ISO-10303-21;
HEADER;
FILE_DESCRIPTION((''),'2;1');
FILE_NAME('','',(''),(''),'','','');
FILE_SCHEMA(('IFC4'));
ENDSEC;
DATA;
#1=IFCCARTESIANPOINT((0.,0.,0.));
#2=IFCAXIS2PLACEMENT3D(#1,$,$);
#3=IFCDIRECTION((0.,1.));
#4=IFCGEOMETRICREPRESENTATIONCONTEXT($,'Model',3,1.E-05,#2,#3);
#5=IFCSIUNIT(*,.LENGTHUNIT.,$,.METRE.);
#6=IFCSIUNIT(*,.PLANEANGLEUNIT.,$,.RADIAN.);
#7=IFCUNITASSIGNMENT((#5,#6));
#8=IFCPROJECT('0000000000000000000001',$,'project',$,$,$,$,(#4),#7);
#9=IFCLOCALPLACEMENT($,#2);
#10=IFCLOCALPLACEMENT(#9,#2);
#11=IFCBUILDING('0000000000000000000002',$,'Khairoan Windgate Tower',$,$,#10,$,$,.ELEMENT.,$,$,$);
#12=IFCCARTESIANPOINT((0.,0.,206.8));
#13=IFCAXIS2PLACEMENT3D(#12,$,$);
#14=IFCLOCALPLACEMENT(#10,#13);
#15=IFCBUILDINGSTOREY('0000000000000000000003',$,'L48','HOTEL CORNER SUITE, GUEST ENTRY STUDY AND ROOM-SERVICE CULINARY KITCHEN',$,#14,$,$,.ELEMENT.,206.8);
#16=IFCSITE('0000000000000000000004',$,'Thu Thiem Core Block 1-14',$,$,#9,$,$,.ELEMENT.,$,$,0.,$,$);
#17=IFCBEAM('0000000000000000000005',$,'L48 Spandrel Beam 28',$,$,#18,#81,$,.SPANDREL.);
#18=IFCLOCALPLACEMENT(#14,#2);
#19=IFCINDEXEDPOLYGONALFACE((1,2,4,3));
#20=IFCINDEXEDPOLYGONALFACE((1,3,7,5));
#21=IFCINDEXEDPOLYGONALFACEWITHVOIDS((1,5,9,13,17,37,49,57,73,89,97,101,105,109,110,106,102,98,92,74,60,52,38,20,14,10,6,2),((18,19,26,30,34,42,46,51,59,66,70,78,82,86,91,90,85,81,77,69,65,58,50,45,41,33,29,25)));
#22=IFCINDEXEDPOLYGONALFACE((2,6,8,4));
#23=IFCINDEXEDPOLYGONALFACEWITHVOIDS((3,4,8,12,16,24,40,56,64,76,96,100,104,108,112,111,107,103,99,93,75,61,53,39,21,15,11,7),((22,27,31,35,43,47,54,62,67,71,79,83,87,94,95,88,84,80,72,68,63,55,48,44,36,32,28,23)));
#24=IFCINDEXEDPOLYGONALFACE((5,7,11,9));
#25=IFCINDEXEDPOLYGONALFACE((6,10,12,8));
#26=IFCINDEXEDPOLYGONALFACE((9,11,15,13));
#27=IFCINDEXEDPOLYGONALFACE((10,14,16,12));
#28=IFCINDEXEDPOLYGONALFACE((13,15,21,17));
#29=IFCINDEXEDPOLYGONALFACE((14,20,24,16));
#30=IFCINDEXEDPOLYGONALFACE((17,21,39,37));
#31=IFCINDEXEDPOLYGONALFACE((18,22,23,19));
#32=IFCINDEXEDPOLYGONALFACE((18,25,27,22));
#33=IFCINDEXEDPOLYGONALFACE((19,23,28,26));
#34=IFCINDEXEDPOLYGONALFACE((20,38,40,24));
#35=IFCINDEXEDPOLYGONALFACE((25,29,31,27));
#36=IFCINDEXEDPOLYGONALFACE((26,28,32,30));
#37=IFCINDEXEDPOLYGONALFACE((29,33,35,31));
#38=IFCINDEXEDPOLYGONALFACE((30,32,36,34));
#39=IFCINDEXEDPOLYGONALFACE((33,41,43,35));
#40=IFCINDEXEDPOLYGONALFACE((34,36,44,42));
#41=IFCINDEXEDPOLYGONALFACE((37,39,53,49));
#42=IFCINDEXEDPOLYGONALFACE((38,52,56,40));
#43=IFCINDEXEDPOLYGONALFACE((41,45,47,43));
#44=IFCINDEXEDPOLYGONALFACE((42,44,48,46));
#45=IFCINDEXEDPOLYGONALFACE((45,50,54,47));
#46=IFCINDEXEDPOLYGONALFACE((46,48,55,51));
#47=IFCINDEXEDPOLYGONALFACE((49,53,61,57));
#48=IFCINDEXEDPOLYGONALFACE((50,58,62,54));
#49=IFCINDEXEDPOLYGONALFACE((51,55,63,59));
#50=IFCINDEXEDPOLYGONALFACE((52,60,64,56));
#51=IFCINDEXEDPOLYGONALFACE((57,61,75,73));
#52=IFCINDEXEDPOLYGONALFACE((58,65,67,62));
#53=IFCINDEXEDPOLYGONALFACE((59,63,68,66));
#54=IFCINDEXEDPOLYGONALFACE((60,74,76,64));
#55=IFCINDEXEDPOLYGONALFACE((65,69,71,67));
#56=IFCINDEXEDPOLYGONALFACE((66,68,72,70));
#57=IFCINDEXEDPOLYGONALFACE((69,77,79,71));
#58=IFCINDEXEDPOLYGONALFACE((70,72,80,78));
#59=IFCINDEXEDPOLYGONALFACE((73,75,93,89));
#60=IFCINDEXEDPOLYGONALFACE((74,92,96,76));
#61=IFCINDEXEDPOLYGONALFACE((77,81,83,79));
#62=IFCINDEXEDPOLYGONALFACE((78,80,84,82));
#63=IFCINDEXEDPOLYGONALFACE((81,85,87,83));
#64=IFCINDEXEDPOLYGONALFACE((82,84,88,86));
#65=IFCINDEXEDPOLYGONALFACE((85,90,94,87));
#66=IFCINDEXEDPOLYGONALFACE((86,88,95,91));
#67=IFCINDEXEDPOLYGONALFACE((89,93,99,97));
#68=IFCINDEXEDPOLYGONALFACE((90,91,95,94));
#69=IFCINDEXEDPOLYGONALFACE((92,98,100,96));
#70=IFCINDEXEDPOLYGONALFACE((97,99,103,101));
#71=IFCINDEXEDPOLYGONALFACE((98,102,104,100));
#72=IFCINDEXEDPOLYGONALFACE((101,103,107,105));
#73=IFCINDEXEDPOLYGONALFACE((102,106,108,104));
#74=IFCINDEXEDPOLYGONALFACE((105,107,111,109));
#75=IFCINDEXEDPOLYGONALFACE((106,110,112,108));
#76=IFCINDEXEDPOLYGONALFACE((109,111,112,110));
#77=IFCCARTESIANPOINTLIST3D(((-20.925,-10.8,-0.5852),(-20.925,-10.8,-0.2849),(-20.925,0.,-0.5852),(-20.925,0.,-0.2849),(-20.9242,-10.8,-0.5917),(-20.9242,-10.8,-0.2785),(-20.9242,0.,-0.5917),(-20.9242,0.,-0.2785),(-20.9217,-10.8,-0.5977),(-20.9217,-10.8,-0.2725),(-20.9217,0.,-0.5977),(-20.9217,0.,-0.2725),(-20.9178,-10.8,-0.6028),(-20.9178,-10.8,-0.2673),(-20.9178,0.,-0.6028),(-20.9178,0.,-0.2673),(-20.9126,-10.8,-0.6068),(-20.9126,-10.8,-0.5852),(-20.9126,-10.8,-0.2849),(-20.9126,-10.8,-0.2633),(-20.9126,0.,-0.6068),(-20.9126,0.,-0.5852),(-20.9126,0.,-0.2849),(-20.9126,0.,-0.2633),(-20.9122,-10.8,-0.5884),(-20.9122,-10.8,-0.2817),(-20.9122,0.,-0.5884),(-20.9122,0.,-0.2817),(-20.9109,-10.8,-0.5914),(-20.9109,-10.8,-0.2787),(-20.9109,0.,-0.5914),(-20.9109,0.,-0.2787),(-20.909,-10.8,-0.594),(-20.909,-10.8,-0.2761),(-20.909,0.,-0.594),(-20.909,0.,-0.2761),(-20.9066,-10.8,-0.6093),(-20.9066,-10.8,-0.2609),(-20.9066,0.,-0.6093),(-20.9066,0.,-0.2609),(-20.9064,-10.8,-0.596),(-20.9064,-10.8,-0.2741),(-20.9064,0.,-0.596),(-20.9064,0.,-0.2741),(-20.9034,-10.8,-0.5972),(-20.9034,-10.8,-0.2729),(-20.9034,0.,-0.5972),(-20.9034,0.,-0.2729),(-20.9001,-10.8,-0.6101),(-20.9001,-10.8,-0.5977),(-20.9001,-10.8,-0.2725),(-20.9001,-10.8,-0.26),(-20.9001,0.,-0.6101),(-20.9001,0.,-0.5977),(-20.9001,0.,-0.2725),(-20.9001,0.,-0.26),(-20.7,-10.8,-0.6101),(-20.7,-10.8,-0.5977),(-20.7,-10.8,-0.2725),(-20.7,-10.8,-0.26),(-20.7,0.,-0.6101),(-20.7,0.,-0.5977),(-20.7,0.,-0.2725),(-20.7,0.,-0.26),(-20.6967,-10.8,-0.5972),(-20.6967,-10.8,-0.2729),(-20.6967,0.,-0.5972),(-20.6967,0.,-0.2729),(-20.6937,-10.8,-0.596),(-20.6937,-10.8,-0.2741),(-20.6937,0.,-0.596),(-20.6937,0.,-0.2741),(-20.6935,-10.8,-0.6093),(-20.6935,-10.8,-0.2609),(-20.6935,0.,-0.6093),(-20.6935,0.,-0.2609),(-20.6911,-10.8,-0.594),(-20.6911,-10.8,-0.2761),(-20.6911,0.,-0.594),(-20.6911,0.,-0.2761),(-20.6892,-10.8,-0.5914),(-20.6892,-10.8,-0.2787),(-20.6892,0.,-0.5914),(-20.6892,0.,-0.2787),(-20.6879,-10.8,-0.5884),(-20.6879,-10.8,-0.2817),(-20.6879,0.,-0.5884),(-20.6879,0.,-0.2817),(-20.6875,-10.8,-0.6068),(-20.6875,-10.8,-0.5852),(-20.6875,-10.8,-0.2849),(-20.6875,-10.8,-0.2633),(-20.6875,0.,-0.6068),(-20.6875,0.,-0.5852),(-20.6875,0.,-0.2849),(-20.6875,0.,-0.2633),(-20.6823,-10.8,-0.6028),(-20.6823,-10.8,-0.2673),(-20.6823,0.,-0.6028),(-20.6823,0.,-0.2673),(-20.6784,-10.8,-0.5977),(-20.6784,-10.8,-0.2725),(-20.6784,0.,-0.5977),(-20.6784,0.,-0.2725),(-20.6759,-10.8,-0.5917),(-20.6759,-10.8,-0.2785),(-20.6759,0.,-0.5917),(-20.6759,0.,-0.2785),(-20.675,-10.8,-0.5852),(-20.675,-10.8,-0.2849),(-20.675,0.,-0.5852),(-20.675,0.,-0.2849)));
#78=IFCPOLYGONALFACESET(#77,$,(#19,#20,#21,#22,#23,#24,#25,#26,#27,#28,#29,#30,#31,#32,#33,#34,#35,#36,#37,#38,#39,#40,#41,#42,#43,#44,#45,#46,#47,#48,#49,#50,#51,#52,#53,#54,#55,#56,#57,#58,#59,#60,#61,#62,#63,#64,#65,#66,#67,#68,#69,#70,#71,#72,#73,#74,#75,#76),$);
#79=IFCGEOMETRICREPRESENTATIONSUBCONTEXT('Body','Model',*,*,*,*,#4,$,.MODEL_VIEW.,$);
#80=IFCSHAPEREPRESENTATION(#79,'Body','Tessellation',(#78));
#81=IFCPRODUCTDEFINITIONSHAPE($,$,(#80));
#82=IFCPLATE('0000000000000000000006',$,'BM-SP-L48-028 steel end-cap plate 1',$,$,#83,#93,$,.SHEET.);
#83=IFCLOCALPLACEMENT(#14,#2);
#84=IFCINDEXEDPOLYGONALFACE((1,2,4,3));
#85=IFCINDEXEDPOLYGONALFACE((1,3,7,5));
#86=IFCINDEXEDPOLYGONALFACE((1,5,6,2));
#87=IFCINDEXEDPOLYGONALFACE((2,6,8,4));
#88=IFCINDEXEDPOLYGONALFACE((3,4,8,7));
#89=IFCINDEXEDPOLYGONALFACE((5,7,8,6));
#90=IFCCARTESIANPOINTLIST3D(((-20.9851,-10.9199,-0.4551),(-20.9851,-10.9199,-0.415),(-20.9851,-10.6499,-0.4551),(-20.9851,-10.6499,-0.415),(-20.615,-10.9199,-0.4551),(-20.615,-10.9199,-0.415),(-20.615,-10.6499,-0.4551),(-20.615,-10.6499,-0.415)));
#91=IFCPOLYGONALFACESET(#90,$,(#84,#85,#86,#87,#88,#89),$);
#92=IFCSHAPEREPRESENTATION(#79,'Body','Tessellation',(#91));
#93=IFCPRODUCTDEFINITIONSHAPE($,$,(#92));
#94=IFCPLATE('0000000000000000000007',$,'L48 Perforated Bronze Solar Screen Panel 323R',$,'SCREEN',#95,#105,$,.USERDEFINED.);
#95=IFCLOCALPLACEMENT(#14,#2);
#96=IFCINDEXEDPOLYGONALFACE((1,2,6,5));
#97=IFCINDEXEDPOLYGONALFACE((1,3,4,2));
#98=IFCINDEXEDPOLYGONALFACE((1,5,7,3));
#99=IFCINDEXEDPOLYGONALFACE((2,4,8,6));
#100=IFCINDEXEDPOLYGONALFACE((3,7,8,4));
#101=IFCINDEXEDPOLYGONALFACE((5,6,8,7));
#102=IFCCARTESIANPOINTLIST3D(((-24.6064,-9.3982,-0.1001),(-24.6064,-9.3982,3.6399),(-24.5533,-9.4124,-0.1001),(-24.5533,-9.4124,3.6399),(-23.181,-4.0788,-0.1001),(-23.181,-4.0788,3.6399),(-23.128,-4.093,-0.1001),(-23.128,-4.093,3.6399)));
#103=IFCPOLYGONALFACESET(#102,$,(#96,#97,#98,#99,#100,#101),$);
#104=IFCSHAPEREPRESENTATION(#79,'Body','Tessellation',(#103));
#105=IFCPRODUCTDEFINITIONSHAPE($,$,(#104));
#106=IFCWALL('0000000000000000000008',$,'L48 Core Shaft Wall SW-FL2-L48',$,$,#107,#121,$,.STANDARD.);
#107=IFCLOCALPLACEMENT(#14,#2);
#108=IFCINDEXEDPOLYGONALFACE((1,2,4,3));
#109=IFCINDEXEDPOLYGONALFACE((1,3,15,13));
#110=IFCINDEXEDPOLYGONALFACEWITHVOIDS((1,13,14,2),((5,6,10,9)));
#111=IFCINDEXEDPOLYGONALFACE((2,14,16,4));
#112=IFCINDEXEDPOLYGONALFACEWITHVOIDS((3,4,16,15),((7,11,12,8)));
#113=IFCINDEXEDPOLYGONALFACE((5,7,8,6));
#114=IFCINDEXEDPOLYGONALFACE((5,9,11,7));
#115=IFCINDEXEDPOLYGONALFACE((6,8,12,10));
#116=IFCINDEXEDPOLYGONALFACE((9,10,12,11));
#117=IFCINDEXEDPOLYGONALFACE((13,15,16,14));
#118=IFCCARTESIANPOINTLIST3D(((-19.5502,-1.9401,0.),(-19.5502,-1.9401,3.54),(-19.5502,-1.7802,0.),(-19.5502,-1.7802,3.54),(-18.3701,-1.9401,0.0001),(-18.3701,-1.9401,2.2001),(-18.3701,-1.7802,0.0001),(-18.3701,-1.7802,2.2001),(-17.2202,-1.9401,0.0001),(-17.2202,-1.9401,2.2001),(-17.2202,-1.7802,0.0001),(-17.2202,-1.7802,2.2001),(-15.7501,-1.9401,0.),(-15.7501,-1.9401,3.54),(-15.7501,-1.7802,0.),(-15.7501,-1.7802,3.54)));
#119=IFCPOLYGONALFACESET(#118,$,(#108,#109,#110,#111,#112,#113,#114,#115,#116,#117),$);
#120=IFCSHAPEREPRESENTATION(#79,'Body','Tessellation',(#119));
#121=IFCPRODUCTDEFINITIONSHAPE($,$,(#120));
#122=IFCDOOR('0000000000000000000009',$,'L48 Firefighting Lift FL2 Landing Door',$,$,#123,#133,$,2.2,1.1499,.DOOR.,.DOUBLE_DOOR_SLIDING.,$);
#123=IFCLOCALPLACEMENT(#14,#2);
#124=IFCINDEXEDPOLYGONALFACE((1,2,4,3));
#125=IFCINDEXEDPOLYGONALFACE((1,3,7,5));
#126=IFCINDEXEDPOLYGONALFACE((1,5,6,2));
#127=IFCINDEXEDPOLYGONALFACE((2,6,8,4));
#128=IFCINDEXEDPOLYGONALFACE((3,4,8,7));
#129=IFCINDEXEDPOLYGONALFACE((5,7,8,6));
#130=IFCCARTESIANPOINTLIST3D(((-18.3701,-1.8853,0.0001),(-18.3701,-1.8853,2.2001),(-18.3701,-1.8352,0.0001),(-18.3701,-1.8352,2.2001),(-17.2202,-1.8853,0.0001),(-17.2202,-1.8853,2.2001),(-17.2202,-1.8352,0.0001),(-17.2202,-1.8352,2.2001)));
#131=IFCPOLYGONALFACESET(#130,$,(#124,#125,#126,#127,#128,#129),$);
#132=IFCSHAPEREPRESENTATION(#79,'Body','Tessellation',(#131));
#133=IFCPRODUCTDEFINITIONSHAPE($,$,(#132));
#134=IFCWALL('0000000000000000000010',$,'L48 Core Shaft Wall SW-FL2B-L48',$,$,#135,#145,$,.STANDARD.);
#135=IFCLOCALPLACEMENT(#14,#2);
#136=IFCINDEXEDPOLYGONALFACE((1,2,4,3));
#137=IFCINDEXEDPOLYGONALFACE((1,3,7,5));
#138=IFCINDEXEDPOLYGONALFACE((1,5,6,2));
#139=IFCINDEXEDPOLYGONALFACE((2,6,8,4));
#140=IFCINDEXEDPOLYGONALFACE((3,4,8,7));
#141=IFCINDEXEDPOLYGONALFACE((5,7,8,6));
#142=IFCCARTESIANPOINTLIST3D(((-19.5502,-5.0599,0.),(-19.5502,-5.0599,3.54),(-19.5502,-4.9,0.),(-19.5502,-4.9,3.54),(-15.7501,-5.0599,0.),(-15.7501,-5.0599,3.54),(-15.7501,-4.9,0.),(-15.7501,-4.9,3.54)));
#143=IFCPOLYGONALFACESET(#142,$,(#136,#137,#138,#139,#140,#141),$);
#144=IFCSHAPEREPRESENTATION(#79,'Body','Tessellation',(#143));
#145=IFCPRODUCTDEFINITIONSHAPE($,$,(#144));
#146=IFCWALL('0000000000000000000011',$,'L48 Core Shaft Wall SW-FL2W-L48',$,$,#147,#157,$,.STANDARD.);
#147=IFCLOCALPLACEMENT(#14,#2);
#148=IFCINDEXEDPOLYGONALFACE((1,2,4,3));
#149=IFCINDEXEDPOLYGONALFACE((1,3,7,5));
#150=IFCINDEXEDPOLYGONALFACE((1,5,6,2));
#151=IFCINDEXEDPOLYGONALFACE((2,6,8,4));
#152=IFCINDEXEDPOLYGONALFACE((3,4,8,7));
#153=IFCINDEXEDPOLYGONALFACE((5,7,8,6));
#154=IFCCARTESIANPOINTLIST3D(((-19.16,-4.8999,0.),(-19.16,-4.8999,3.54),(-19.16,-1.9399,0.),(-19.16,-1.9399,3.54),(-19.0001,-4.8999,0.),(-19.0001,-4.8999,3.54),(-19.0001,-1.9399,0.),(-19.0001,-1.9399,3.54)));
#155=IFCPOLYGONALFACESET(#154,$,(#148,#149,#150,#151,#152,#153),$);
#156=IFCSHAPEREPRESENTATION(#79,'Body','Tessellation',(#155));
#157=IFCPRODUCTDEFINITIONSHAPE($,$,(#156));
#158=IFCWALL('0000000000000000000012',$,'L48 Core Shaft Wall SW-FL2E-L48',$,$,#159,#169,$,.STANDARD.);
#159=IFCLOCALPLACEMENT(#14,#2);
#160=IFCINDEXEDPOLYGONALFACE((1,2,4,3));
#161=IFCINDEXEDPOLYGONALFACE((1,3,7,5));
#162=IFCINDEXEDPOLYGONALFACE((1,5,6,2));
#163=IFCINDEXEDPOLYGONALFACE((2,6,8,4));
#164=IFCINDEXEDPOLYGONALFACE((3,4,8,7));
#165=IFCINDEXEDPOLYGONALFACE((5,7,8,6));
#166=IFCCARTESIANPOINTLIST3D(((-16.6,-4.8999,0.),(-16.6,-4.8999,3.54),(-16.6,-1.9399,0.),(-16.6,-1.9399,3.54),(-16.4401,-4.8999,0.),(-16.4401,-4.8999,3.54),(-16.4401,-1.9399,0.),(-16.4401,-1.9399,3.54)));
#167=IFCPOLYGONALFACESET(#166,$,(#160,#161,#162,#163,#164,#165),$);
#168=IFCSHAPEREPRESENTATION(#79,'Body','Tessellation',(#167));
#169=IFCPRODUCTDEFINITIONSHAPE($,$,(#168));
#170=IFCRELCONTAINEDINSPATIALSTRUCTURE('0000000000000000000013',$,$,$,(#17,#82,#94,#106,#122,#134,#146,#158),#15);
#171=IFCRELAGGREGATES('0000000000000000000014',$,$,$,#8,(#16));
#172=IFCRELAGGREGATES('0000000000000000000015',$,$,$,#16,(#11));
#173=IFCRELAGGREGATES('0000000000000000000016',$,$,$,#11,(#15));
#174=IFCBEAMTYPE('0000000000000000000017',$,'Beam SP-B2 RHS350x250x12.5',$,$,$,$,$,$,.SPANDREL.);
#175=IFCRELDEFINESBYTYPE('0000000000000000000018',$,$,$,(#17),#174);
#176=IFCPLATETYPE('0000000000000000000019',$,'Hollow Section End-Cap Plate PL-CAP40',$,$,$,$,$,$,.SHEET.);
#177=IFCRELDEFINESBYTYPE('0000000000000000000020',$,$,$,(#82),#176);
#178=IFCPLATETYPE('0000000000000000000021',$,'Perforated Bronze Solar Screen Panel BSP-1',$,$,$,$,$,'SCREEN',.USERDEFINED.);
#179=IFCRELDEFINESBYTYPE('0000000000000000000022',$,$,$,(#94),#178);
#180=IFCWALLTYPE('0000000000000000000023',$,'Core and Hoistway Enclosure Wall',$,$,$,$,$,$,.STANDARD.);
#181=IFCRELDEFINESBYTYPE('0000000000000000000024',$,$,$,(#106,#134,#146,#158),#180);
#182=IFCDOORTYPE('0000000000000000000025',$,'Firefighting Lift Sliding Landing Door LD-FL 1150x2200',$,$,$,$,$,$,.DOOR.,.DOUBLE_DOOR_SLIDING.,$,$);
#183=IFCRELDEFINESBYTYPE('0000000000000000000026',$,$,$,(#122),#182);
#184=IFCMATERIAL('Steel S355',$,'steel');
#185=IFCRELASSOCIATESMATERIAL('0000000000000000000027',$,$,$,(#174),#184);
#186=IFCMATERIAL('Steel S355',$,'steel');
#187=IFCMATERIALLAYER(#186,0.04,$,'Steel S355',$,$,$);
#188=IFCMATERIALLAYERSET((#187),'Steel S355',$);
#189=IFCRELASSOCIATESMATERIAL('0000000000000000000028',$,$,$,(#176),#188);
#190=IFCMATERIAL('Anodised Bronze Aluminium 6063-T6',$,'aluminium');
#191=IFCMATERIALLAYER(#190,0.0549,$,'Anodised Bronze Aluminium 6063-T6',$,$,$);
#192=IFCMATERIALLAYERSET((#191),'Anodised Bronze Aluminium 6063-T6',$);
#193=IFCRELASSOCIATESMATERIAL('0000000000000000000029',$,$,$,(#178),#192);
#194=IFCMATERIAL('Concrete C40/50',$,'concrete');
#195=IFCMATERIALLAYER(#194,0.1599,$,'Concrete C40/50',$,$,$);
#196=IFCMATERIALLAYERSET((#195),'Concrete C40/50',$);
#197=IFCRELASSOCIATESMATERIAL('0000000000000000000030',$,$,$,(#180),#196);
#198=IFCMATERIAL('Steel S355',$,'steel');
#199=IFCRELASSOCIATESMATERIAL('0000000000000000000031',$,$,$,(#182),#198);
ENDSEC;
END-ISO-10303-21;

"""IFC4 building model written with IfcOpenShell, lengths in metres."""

from ifc_helpers import new_model, si_unit, direction, frame, frame_2d, origin, origin_2d, place, context, subcontext, project, spatial, rectangle, hollow_rectangle, extrude, material, layer, layer_set, material_profile, profile_set, type_object, element, fill, save


model = new_model("IFC4")

# Units and contexts
model_context = context("Model", 3, precision=1e-05, world=origin(), true_north=direction((0.0, 1.0)))
body_context = subcontext(model_context, "Body", "Model", "MODEL_VIEW")
ifc_project = project(units=[si_unit("LENGTHUNIT", "METRE"), si_unit("PLANEANGLEUNIT", "RADIAN")], contexts=[model_context])

# Site, building, storey
site_placement = place(None, origin())
site = spatial("IfcSite", under=ifc_project, at=site_placement, Name="Thu Thiem Core Block 1-14", CompositionType="ELEMENT", RefElevation=0.0)
building_placement = place(site_placement, origin())
building = spatial("IfcBuilding", under=site, at=building_placement, Name="Khairoan Windgate Tower", CompositionType="ELEMENT")
storey_placement = place(building_placement, frame((0.0, 0.0, 206.8)))
storey = spatial("IfcBuildingStorey", under=building, at=storey_placement, Name="L48", Description="HOTEL CORNER SUITE, GUEST ENTRY STUDY AND ROOM-SERVICE CULINARY KITCHEN", CompositionType="ELEMENT", Elevation=206.8)

# Beam
ifc_material_1 = material(Name="Steel S355", Category="steel")
ifc_material_profile_1 = material_profile(ifc_material_1, hollow_rectangle(XDim=0.25, YDim=0.3501, WallThickness=0.0125, InnerFilletRadius=0.0125, OuterFilletRadius=0.0249, at=origin_2d()))
ifc_profile_set_1 = profile_set([ifc_material_profile_1], Name="Steel S355")
beam_type_1 = type_object("IfcBeamType", Name="Beam SP-B2 RHS350x250x12.5", PredefinedType="SPANDREL", material=ifc_profile_set_1)
beam_1_placement = place(storey_placement, frame((-20.8, -10.8, -0.4351), z_axis=(0.0, 1.0, 0.0), x_axis=(-1.0, 0.0, 0.0)))
element("IfcBeam", 1, at=beam_1_placement, inside=storey, type_object=beam_type_1, Name="L48 Spandrel Beam 28", PredefinedType="SPANDREL", context=body_context, shape_type="SweptSolid", body=[
    extrude(hollow_rectangle(XDim=0.25, YDim=0.3501, WallThickness=0.0125, InnerFilletRadius=0.0125, OuterFilletRadius=0.0249, at=origin_2d()), origin(), (0.0, 0.0, 1.0), 10.8),
])

# Plates
ifc_material_2 = material(Name="Steel S355", Category="steel")
ifc_layer_1 = layer(ifc_material_2, 0.04, Name="Steel S355")
ifc_layer_set_1 = layer_set([ifc_layer_1], Name="Steel S355")
plate_type_1 = type_object("IfcPlateType", Name="Hollow Section End-Cap Plate PL-CAP40", PredefinedType="SHEET", material=ifc_layer_set_1)
plate_1_placement = place(storey_placement, frame((-20.8, -10.7849, -0.4551), z_axis=(0.0, 0.0, 1.0), x_axis=(0.0, 1.0, 0.0)))
element("IfcPlate", 2, at=plate_1_placement, inside=storey, type_object=plate_type_1, Name="BM-SP-L48-028 steel end-cap plate 1", PredefinedType="SHEET", context=body_context, shape_type="SweptSolid", body=[
    extrude(rectangle(XDim=0.27, YDim=0.3701, at=origin_2d()), origin(), (0.0, 0.0, 1.0), 0.04),
])
ifc_material_3 = material(Name="Anodised Bronze Aluminium 6063-T6", Category="aluminium")
ifc_layer_2 = layer(ifc_material_3, 0.0549, Name="Anodised Bronze Aluminium 6063-T6")
ifc_layer_set_2 = layer_set([ifc_layer_2], Name="Anodised Bronze Aluminium 6063-T6")
plate_type_2 = type_object("IfcPlateType", Name="Perforated Bronze Solar Screen Panel BSP-1", ElementType="SCREEN", PredefinedType="USERDEFINED", material=ifc_layer_set_2)
plate_2_placement = place(storey_placement, frame((-23.8672, -6.7456, -0.1001), z_axis=(0.0, 0.0, 1.0), x_axis=(0.258819, 0.965926, 0.0)))
element("IfcPlate", 3, at=plate_2_placement, inside=storey, type_object=plate_type_2, Name="L48 Perforated Bronze Solar Screen Panel 323R", ObjectType="SCREEN", PredefinedType="USERDEFINED", context=body_context, shape_type="SweptSolid", body=[
    extrude(rectangle(XDim=5.5071, YDim=0.0549, at=origin_2d()), origin(), (0.0, 0.0, 1.0), 3.74),
])

# Wall, opening, door
ifc_material_4 = material(Name="Concrete C40/50", Category="concrete")
ifc_layer_3 = layer(ifc_material_4, 0.1599, Name="Concrete C40/50")
ifc_layer_set_3 = layer_set([ifc_layer_3], Name="Concrete C40/50")
wall_type_1 = type_object("IfcWallType", Name="Core and Hoistway Enclosure Wall", PredefinedType="STANDARD", material=ifc_layer_set_3)
wall_1_placement = place(storey_placement, frame((-19.55, -1.8601, 0.0), z_axis=(0.0, 0.0, 1.0), x_axis=(1.0, 0.0, 0.0)))
wall_1 = element("IfcWall", 4, at=wall_1_placement, inside=storey, type_object=wall_type_1, Name="L48 Core Shaft Wall SW-FL2-L48", PredefinedType="STANDARD", context=body_context, shape_type="SweptSolid", body=[
    extrude(rectangle(XDim=3.8, YDim=0.1599, at=frame_2d((1.8999, 0.0))), origin(), (0.0, 0.0, 1.0), 3.54),
])
opening_1_placement = place(wall_1_placement, frame((1.1799, 0.0, 0.0)))
opening_1 = element("IfcOpeningElement", 5, at=opening_1_placement, cuts=wall_1, PredefinedType="OPENING", context=body_context, shape_type="SweptSolid", body=[
    extrude(rectangle(XDim=1.1499, YDim=2.2, at=frame_2d((0.575, 1.1001))), frame((0.0, 0.0898, 0.0), z_axis=(0.0, -1.0, 0.0), x_axis=(1.0, 0.0, 0.0)), (0.0, 0.0, 1.0), 0.1799),
])
ifc_material_5 = material(Name="Steel S355", Category="steel")
door_type_1 = type_object("IfcDoorType", Name="Firefighting Lift Sliding Landing Door LD-FL 1150x2200", OperationType="DOUBLE_DOOR_SLIDING", PredefinedType="DOOR", material=ifc_material_5)
door_1_placement = place(opening_1_placement, origin())
door_1 = element("IfcDoor", 6, at=door_1_placement, inside=storey, type_object=door_type_1, Name="L48 Firefighting Lift FL2 Landing Door", OperationType="DOUBLE_DOOR_SLIDING", OverallHeight=2.2, OverallWidth=1.1499, PredefinedType="DOOR", context=body_context, shape_type="SweptSolid", body=[
    extrude(rectangle(XDim=1.1499, YDim=2.2, at=frame_2d((0.575, 1.1001))), frame((0.0, 0.0249, 0.0), z_axis=(0.0, -1.0, 0.0), x_axis=(1.0, 0.0, 0.0)), (0.0, 0.0, 1.0), 0.05),
])
fill(opening_1, door_1)

# Walls
wall_2_placement = place(storey_placement, frame((-19.55, -4.98, 0.0), z_axis=(0.0, 0.0, 1.0), x_axis=(1.0, 0.0, 0.0)))
element("IfcWall", 7, at=wall_2_placement, inside=storey, type_object=wall_type_1, Name="L48 Core Shaft Wall SW-FL2B-L48", PredefinedType="STANDARD", context=body_context, shape_type="SweptSolid", body=[
    extrude(rectangle(XDim=3.8, YDim=0.1599, at=frame_2d((1.8999, 0.0))), origin(), (0.0, 0.0, 1.0), 3.54),
])
for number, where, z_axis, x_axis, name in (
    (8, (-19.0801, -4.8999, 0.0), (0.0, 0.0, 1.0), (0.0, 1.0, 0.0), "L48 Core Shaft Wall SW-FL2W-L48"),
    (9, (-16.52, -4.8999, 0.0), (0.0, 0.0, 1.0), (0.0, 1.0, 0.0), "L48 Core Shaft Wall SW-FL2E-L48"),
):
    element("IfcWall", number, at=place(storey_placement, frame(where, z_axis=z_axis, x_axis=x_axis)), inside=storey, type_object=wall_type_1, Name=name, PredefinedType="STANDARD", context=body_context, shape_type="SweptSolid", body=[
        extrude(rectangle(XDim=2.96, YDim=0.1599, at=frame_2d((1.48, 0.0))), origin(), (0.0, 0.0, 1.0), 3.54),
    ])

save(model, "model.ifc")
